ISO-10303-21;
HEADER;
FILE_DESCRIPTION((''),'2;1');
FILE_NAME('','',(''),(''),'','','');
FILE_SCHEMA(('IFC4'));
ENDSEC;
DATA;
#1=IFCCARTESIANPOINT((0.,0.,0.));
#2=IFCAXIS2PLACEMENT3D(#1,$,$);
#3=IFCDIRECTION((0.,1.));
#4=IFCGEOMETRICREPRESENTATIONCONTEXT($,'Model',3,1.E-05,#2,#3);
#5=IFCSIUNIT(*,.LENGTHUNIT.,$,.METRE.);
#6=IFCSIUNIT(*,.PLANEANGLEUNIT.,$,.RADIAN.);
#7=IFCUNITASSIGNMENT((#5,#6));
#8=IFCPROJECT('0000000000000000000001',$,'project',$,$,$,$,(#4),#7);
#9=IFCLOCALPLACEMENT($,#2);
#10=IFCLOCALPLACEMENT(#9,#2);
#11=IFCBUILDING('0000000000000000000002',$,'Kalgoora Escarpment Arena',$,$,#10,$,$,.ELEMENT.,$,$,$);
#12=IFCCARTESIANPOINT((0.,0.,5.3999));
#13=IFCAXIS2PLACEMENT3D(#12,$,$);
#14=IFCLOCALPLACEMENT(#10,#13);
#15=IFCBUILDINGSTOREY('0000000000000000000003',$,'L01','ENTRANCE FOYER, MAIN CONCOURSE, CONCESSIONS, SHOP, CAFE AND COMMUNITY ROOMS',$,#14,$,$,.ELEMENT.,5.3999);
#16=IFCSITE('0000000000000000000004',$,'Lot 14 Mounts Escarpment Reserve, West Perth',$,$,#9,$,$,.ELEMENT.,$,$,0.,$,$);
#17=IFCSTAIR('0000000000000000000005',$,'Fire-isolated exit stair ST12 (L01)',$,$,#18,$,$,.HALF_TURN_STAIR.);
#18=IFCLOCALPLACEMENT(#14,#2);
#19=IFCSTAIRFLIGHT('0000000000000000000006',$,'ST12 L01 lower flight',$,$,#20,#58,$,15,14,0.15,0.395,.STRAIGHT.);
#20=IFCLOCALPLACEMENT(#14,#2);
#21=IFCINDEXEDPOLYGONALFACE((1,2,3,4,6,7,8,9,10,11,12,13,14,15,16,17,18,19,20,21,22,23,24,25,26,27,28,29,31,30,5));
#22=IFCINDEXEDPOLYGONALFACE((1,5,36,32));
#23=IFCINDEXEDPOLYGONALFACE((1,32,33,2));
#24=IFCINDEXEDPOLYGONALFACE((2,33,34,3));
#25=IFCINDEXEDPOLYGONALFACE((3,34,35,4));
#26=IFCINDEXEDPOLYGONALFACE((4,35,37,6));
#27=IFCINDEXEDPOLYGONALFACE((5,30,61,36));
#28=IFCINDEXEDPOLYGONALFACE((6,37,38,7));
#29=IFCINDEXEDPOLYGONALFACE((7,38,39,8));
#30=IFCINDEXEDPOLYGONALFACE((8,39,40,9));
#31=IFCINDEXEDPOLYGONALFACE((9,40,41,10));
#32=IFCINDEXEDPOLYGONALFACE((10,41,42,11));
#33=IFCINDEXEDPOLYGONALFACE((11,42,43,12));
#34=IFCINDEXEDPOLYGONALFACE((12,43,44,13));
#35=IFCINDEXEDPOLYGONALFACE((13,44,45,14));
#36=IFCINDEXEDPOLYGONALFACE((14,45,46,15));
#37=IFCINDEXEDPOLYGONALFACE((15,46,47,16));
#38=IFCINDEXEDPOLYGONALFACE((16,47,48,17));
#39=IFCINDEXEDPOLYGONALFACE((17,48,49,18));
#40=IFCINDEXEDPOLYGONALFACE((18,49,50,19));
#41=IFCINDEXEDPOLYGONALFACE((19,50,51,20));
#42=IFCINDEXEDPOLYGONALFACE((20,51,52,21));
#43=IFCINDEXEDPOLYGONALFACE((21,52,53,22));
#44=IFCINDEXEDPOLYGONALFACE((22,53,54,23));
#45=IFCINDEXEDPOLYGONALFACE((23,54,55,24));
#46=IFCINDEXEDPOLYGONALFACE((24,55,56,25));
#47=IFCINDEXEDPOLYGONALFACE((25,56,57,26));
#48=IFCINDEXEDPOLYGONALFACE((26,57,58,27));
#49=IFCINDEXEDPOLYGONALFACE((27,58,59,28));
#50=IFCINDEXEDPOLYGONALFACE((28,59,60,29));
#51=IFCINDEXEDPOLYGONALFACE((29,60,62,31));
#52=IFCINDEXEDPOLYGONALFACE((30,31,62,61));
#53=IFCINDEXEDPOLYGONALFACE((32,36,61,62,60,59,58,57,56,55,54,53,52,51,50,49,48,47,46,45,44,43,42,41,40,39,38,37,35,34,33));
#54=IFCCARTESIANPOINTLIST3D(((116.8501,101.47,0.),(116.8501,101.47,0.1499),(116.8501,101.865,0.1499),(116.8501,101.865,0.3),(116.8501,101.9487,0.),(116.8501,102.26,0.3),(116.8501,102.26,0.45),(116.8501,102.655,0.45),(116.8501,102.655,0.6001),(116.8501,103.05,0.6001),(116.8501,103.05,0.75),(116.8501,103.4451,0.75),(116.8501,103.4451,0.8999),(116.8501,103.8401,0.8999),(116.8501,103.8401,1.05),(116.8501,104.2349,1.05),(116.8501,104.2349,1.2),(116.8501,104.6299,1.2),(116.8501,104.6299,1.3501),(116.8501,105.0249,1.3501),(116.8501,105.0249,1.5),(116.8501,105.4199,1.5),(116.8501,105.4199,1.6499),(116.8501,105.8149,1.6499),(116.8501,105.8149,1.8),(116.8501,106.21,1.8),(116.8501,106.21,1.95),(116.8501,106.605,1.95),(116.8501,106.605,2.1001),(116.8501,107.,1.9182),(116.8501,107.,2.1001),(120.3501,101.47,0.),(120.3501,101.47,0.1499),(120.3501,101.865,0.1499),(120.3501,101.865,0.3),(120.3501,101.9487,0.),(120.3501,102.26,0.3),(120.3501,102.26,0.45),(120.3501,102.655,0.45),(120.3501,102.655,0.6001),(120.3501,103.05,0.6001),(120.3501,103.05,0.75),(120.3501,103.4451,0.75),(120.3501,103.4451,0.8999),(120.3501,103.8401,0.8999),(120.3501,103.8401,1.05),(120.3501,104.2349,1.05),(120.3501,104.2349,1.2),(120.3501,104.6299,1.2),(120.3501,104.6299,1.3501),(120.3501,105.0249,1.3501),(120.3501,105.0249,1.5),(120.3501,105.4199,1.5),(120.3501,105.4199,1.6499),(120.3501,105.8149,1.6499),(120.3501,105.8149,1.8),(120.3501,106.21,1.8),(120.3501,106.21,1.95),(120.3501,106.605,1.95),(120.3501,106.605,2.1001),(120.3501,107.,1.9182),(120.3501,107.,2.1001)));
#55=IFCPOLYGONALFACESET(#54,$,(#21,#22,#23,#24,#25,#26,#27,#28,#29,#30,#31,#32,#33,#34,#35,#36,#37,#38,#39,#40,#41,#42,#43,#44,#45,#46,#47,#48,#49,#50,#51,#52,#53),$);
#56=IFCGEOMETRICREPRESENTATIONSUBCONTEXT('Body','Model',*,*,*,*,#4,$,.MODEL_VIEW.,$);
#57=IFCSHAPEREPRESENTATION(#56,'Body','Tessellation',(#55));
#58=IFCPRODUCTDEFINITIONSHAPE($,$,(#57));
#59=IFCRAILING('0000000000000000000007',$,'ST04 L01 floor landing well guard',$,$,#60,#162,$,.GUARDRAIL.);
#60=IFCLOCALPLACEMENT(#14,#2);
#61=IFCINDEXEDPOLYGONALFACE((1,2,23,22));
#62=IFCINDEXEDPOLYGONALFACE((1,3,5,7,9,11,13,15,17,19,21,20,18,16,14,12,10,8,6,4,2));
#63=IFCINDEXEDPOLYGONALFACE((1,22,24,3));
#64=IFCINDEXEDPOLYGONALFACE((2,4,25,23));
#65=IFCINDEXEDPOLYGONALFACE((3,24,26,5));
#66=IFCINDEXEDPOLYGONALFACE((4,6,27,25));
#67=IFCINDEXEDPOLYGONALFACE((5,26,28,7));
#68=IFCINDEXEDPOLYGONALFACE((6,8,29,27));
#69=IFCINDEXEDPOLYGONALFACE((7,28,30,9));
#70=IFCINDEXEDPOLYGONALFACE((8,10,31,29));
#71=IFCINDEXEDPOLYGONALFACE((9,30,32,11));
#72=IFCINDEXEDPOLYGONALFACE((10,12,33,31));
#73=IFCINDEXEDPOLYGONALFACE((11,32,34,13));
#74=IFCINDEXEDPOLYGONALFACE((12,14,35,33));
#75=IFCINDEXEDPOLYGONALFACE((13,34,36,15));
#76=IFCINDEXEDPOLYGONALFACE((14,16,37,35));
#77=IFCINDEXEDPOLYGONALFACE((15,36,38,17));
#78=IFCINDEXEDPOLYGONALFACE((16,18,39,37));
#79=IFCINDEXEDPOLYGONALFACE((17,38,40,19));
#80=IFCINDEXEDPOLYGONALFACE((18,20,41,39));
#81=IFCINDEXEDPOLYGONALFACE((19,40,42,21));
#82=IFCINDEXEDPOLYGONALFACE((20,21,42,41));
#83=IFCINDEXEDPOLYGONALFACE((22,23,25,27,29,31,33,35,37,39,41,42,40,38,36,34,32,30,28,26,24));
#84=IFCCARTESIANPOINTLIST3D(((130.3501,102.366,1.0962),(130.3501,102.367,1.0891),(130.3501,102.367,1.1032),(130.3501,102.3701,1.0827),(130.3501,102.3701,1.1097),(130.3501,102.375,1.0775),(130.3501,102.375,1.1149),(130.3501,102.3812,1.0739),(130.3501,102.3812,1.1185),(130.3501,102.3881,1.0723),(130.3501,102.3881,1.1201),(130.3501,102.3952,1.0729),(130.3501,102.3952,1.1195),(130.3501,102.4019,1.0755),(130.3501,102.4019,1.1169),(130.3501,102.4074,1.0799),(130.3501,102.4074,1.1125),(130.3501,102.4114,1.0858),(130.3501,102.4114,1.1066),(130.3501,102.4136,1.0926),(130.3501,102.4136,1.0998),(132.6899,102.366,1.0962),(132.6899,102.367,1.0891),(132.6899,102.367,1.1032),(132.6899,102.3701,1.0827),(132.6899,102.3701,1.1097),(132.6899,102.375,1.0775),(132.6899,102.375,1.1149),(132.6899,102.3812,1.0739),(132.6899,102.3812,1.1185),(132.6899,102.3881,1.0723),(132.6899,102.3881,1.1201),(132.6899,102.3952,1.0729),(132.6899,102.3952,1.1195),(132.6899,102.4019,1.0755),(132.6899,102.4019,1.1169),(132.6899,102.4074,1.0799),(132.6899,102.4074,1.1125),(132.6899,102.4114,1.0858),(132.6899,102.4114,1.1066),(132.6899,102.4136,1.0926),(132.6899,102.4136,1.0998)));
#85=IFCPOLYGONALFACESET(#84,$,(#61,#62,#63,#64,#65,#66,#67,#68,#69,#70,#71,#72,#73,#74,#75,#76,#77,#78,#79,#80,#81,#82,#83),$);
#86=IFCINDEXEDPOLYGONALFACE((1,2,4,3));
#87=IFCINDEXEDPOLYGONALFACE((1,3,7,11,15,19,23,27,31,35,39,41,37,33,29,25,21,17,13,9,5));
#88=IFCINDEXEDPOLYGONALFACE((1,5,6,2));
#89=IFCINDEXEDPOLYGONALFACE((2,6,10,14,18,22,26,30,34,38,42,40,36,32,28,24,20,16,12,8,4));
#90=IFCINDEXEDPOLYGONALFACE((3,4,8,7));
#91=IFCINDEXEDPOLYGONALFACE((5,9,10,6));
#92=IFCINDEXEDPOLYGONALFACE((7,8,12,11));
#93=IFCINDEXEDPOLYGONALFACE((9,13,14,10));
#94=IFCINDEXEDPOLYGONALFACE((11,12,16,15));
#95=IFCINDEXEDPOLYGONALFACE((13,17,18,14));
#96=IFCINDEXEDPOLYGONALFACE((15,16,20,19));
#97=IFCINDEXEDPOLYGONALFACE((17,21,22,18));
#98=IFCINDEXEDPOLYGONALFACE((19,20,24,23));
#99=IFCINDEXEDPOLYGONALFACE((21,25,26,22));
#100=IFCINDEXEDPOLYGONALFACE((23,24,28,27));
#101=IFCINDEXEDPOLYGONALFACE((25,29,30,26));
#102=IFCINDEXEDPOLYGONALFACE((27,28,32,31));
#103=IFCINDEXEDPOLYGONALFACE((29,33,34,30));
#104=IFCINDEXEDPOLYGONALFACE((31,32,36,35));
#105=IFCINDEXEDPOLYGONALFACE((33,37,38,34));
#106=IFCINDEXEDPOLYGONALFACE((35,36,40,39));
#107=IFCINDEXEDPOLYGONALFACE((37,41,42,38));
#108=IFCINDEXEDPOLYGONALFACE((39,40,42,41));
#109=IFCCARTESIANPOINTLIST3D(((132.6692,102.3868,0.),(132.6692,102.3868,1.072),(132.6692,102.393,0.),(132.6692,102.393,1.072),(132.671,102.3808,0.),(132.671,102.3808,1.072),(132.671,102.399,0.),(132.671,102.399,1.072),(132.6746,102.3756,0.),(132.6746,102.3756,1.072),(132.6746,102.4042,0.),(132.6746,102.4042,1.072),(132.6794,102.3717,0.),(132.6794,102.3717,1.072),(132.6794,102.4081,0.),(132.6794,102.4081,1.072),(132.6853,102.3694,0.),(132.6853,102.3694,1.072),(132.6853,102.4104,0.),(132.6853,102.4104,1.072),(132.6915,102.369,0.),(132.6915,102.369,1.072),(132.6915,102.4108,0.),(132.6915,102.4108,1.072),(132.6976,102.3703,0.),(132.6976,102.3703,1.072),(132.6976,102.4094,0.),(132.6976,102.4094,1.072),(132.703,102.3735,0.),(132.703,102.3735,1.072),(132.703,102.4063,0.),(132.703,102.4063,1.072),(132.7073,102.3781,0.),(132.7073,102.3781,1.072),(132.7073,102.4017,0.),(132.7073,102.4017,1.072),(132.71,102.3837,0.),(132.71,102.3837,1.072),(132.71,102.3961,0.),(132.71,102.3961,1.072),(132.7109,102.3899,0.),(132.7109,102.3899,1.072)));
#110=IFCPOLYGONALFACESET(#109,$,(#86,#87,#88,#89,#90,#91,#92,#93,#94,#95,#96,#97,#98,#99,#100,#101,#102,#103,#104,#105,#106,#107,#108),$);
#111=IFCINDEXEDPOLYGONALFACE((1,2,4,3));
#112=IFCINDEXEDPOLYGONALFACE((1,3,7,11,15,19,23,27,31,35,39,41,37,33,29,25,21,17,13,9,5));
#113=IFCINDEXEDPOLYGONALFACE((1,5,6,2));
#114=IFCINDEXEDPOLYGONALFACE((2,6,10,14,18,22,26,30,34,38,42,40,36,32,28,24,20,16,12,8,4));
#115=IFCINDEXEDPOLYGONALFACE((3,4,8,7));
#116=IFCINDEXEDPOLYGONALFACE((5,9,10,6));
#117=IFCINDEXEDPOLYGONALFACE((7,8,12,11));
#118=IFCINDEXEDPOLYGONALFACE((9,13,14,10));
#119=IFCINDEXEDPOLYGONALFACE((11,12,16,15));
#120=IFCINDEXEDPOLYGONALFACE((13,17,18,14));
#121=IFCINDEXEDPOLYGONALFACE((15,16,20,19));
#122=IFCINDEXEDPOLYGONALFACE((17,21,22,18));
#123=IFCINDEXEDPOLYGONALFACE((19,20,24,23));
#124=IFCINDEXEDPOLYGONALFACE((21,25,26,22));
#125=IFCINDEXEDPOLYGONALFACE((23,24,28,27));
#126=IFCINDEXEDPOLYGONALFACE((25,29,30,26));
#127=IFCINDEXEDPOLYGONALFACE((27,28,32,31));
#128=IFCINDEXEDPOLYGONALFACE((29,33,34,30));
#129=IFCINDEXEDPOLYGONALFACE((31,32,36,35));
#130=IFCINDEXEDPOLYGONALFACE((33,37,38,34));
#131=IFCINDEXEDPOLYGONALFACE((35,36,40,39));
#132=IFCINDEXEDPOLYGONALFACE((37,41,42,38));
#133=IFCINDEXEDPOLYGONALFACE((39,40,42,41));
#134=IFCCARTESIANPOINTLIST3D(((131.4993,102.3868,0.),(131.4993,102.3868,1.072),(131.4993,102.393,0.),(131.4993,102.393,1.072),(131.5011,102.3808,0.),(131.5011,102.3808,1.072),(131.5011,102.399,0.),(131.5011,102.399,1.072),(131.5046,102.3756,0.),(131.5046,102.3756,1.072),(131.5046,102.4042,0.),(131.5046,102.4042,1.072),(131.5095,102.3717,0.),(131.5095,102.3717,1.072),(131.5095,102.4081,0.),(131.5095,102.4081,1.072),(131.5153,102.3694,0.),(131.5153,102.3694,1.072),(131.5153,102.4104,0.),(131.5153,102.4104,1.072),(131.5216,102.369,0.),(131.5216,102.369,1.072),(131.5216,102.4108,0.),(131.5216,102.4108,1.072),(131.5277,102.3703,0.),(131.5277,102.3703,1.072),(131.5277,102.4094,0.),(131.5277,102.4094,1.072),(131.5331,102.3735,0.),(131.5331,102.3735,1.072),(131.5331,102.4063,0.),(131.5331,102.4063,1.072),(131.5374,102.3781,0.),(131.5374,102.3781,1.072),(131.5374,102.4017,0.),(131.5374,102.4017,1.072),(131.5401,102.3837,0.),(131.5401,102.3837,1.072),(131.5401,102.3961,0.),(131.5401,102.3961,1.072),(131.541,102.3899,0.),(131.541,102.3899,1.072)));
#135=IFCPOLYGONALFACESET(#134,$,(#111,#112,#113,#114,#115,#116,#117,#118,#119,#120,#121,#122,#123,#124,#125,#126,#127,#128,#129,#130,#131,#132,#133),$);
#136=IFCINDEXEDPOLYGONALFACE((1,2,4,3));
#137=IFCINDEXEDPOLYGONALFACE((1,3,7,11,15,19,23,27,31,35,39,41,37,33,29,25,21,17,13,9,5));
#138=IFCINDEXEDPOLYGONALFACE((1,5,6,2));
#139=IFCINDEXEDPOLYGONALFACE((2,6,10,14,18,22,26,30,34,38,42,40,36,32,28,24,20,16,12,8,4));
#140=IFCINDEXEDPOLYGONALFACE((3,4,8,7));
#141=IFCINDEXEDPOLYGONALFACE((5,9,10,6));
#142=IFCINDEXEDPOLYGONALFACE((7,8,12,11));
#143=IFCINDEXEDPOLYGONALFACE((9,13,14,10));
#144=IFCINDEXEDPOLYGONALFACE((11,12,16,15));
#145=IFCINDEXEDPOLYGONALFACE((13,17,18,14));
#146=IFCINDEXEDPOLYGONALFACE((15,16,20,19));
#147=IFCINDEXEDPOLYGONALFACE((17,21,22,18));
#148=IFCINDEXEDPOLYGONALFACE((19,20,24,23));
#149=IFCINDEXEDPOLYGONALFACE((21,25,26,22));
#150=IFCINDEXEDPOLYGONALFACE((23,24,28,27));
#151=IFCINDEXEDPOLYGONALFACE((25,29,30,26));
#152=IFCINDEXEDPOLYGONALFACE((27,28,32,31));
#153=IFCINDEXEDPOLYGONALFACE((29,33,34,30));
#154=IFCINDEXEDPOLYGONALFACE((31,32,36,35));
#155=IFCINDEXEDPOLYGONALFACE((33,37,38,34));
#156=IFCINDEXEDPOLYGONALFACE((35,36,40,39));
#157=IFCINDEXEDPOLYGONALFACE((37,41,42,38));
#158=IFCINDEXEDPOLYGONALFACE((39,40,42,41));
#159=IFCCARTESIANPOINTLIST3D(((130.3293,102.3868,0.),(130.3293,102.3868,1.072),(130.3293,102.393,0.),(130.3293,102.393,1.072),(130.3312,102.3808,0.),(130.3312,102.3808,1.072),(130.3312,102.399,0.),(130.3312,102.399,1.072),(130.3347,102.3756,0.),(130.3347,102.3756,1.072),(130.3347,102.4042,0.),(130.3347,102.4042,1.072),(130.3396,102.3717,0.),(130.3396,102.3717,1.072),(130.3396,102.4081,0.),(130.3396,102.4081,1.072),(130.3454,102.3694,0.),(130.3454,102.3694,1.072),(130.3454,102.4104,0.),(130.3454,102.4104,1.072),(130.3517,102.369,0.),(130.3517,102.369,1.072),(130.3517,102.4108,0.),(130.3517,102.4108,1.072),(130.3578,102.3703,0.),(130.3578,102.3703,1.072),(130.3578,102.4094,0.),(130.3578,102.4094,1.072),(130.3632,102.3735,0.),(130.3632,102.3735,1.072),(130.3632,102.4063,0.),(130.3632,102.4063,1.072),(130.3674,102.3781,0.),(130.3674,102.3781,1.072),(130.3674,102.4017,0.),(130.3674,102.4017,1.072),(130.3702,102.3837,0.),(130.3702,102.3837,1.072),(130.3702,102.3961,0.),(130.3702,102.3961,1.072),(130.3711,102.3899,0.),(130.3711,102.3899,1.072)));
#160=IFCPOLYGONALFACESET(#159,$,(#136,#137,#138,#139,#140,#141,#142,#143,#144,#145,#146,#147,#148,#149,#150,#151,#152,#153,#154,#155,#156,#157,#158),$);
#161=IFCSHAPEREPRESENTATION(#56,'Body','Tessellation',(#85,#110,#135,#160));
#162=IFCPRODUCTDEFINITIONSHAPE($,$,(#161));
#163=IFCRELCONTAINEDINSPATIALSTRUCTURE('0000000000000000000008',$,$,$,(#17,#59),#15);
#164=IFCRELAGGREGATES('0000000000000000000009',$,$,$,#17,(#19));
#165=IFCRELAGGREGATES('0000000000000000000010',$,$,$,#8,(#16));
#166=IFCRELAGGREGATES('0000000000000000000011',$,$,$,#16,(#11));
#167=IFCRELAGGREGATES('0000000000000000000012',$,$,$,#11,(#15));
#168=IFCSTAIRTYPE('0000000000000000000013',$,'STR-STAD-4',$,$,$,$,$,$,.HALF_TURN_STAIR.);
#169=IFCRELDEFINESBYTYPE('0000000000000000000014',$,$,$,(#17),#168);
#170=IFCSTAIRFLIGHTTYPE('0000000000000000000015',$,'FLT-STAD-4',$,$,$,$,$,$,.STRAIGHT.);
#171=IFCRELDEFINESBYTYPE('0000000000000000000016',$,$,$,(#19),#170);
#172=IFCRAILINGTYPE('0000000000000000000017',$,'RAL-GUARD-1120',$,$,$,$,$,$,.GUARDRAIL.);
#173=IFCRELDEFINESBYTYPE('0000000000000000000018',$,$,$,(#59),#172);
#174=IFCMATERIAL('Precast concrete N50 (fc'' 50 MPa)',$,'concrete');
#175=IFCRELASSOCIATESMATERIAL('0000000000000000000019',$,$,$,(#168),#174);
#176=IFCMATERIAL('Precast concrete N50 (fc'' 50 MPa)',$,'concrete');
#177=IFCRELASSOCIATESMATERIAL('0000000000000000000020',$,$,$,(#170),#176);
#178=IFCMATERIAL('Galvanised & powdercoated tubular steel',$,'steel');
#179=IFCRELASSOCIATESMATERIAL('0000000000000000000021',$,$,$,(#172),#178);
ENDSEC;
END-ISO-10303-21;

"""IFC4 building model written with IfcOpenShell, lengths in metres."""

from ifc_helpers import new_model, si_unit, direction, frame, origin, origin_2d, place, context, subcontext, project, spatial, polyline, circle, outline, extrude, material, type_object, element, aggregate, save


model = new_model("IFC4")

# Units and contexts
model_context = context("Model", 3, precision=1e-05, world=origin(), true_north=direction((0.0, 1.0)))
body_context = subcontext(model_context, "Body", "Model", "MODEL_VIEW")
ifc_project = project(units=[si_unit("LENGTHUNIT", "METRE"), si_unit("PLANEANGLEUNIT", "RADIAN")], contexts=[model_context])

# Site, building, storey
site_placement = place(None, origin())
site = spatial("IfcSite", under=ifc_project, at=site_placement, Name="Lot 14 Mounts Escarpment Reserve, West Perth", CompositionType="ELEMENT", RefElevation=0.0)
building_placement = place(site_placement, origin())
building = spatial("IfcBuilding", under=site, at=building_placement, Name="Kalgoora Escarpment Arena", CompositionType="ELEMENT")
storey_placement = place(building_placement, frame((0.0, 0.0, 5.3999)))
storey = spatial("IfcBuildingStorey", under=building, at=storey_placement, Name="L01", Description="ENTRANCE FOYER, MAIN CONCOURSE, CONCESSIONS, SHOP, CAFE AND COMMUNITY ROOMS", CompositionType="ELEMENT", Elevation=5.3999)

# Stair, stair flight
ifc_material_1 = material(Name="Precast concrete N50 (fc' 50 MPa)", Category="concrete")
stair_type_1 = type_object("IfcStairType", Name="STR-STAD-4", PredefinedType="HALF_TURN_STAIR", material=ifc_material_1)
stair_1_placement = place(storey_placement, origin())
stair_1 = element("IfcStair", 1, at=stair_1_placement, inside=storey, type_object=stair_type_1, Name="Fire-isolated exit stair ST12 (L01)", PredefinedType="HALF_TURN_STAIR")
ifc_material_2 = material(Name="Precast concrete N50 (fc' 50 MPa)", Category="concrete")
stair_flight_type_1 = type_object("IfcStairFlightType", Name="FLT-STAD-4", PredefinedType="STRAIGHT", material=ifc_material_2)
stair_flight_1_placement = place(storey_placement, frame((118.6001, 101.47, 0.0), z_axis=(0.0, 0.0, 1.0), x_axis=(0.0, 1.0, 0.0)))
stair_flight_1 = element("IfcStairFlight", 2, at=stair_flight_1_placement, type_object=stair_flight_type_1, Name="ST12 L01 lower flight", NumberOfRisers=15, NumberOfTreads=14, PredefinedType="STRAIGHT", RiserHeight=0.15, TreadLength=0.395, context=body_context, shape_type="SweptSolid", body=[
    extrude(outline(polyline([(0.0, 0.0), (0.0, 0.1499), (0.395, 0.1499), (0.395, 0.3), (0.79, 0.3), (0.79, 0.45), (1.1851, 0.45), (1.1851, 0.6001), (1.5801, 0.6001), (1.5801, 0.75), (1.9751, 0.75), (1.9751, 0.8999), (2.3701, 0.8999), (2.3701, 1.05), (2.7649, 1.05), (2.7649, 1.2), (3.1599, 1.2), (3.1599, 1.3501), (3.5549, 1.3501), (3.5549, 1.5), (3.95, 1.5), (3.95, 1.6499), (4.345, 1.6499), (4.345, 1.8), (4.74, 1.8), (4.74, 1.95), (5.135, 1.95), (5.135, 2.1001), (5.53, 2.1001), (5.53, 2.25), (5.53, 1.9182), (0.4788, 0.0), (0.0, 0.0)])), frame((0.0, 1.75, 0.0), z_axis=(0.0, -1.0, 0.0), x_axis=(1.0, 0.0, 0.0)), (0.0, 0.0, 1.0), 3.5),
])
aggregate(stair_1, [stair_flight_1])

# Railing
ifc_material_3 = material(Name="Galvanised & powdercoated tubular steel", Category="steel")
railing_type_1 = type_object("IfcRailingType", Name="RAL-GUARD-1120", PredefinedType="GUARDRAIL", material=ifc_material_3)
railing_1_placement = place(storey_placement, frame((132.6899, 102.3899, 0.0)))
element("IfcRailing", 3, at=railing_1_placement, inside=storey, type_object=railing_type_1, Name="ST04 L01 floor landing well guard", PredefinedType="GUARDRAIL", context=body_context, shape_type="SweptSolid", body=[
    extrude(circle(Radius=0.0239, at=origin_2d()), frame((0.0, 0.0, 1.0962), z_axis=(-1.0, 0.0, 0.0), x_axis=(0.0, -1.0, 0.0)), (0.0, 0.0, 1.0), 2.3398),
    extrude(circle(Radius=0.021, at=origin_2d()), origin(), (0.0, 0.0, 1.0), 1.072),
    extrude(circle(Radius=0.021, at=origin_2d()), frame((-1.1699, 0.0, 0.0)), (0.0, 0.0, 1.0), 1.072),
    extrude(circle(Radius=0.021, at=origin_2d()), frame((-2.3398, 0.0, 0.0)), (0.0, 0.0, 1.0), 1.072),
])

save(model, "model.ifc")
